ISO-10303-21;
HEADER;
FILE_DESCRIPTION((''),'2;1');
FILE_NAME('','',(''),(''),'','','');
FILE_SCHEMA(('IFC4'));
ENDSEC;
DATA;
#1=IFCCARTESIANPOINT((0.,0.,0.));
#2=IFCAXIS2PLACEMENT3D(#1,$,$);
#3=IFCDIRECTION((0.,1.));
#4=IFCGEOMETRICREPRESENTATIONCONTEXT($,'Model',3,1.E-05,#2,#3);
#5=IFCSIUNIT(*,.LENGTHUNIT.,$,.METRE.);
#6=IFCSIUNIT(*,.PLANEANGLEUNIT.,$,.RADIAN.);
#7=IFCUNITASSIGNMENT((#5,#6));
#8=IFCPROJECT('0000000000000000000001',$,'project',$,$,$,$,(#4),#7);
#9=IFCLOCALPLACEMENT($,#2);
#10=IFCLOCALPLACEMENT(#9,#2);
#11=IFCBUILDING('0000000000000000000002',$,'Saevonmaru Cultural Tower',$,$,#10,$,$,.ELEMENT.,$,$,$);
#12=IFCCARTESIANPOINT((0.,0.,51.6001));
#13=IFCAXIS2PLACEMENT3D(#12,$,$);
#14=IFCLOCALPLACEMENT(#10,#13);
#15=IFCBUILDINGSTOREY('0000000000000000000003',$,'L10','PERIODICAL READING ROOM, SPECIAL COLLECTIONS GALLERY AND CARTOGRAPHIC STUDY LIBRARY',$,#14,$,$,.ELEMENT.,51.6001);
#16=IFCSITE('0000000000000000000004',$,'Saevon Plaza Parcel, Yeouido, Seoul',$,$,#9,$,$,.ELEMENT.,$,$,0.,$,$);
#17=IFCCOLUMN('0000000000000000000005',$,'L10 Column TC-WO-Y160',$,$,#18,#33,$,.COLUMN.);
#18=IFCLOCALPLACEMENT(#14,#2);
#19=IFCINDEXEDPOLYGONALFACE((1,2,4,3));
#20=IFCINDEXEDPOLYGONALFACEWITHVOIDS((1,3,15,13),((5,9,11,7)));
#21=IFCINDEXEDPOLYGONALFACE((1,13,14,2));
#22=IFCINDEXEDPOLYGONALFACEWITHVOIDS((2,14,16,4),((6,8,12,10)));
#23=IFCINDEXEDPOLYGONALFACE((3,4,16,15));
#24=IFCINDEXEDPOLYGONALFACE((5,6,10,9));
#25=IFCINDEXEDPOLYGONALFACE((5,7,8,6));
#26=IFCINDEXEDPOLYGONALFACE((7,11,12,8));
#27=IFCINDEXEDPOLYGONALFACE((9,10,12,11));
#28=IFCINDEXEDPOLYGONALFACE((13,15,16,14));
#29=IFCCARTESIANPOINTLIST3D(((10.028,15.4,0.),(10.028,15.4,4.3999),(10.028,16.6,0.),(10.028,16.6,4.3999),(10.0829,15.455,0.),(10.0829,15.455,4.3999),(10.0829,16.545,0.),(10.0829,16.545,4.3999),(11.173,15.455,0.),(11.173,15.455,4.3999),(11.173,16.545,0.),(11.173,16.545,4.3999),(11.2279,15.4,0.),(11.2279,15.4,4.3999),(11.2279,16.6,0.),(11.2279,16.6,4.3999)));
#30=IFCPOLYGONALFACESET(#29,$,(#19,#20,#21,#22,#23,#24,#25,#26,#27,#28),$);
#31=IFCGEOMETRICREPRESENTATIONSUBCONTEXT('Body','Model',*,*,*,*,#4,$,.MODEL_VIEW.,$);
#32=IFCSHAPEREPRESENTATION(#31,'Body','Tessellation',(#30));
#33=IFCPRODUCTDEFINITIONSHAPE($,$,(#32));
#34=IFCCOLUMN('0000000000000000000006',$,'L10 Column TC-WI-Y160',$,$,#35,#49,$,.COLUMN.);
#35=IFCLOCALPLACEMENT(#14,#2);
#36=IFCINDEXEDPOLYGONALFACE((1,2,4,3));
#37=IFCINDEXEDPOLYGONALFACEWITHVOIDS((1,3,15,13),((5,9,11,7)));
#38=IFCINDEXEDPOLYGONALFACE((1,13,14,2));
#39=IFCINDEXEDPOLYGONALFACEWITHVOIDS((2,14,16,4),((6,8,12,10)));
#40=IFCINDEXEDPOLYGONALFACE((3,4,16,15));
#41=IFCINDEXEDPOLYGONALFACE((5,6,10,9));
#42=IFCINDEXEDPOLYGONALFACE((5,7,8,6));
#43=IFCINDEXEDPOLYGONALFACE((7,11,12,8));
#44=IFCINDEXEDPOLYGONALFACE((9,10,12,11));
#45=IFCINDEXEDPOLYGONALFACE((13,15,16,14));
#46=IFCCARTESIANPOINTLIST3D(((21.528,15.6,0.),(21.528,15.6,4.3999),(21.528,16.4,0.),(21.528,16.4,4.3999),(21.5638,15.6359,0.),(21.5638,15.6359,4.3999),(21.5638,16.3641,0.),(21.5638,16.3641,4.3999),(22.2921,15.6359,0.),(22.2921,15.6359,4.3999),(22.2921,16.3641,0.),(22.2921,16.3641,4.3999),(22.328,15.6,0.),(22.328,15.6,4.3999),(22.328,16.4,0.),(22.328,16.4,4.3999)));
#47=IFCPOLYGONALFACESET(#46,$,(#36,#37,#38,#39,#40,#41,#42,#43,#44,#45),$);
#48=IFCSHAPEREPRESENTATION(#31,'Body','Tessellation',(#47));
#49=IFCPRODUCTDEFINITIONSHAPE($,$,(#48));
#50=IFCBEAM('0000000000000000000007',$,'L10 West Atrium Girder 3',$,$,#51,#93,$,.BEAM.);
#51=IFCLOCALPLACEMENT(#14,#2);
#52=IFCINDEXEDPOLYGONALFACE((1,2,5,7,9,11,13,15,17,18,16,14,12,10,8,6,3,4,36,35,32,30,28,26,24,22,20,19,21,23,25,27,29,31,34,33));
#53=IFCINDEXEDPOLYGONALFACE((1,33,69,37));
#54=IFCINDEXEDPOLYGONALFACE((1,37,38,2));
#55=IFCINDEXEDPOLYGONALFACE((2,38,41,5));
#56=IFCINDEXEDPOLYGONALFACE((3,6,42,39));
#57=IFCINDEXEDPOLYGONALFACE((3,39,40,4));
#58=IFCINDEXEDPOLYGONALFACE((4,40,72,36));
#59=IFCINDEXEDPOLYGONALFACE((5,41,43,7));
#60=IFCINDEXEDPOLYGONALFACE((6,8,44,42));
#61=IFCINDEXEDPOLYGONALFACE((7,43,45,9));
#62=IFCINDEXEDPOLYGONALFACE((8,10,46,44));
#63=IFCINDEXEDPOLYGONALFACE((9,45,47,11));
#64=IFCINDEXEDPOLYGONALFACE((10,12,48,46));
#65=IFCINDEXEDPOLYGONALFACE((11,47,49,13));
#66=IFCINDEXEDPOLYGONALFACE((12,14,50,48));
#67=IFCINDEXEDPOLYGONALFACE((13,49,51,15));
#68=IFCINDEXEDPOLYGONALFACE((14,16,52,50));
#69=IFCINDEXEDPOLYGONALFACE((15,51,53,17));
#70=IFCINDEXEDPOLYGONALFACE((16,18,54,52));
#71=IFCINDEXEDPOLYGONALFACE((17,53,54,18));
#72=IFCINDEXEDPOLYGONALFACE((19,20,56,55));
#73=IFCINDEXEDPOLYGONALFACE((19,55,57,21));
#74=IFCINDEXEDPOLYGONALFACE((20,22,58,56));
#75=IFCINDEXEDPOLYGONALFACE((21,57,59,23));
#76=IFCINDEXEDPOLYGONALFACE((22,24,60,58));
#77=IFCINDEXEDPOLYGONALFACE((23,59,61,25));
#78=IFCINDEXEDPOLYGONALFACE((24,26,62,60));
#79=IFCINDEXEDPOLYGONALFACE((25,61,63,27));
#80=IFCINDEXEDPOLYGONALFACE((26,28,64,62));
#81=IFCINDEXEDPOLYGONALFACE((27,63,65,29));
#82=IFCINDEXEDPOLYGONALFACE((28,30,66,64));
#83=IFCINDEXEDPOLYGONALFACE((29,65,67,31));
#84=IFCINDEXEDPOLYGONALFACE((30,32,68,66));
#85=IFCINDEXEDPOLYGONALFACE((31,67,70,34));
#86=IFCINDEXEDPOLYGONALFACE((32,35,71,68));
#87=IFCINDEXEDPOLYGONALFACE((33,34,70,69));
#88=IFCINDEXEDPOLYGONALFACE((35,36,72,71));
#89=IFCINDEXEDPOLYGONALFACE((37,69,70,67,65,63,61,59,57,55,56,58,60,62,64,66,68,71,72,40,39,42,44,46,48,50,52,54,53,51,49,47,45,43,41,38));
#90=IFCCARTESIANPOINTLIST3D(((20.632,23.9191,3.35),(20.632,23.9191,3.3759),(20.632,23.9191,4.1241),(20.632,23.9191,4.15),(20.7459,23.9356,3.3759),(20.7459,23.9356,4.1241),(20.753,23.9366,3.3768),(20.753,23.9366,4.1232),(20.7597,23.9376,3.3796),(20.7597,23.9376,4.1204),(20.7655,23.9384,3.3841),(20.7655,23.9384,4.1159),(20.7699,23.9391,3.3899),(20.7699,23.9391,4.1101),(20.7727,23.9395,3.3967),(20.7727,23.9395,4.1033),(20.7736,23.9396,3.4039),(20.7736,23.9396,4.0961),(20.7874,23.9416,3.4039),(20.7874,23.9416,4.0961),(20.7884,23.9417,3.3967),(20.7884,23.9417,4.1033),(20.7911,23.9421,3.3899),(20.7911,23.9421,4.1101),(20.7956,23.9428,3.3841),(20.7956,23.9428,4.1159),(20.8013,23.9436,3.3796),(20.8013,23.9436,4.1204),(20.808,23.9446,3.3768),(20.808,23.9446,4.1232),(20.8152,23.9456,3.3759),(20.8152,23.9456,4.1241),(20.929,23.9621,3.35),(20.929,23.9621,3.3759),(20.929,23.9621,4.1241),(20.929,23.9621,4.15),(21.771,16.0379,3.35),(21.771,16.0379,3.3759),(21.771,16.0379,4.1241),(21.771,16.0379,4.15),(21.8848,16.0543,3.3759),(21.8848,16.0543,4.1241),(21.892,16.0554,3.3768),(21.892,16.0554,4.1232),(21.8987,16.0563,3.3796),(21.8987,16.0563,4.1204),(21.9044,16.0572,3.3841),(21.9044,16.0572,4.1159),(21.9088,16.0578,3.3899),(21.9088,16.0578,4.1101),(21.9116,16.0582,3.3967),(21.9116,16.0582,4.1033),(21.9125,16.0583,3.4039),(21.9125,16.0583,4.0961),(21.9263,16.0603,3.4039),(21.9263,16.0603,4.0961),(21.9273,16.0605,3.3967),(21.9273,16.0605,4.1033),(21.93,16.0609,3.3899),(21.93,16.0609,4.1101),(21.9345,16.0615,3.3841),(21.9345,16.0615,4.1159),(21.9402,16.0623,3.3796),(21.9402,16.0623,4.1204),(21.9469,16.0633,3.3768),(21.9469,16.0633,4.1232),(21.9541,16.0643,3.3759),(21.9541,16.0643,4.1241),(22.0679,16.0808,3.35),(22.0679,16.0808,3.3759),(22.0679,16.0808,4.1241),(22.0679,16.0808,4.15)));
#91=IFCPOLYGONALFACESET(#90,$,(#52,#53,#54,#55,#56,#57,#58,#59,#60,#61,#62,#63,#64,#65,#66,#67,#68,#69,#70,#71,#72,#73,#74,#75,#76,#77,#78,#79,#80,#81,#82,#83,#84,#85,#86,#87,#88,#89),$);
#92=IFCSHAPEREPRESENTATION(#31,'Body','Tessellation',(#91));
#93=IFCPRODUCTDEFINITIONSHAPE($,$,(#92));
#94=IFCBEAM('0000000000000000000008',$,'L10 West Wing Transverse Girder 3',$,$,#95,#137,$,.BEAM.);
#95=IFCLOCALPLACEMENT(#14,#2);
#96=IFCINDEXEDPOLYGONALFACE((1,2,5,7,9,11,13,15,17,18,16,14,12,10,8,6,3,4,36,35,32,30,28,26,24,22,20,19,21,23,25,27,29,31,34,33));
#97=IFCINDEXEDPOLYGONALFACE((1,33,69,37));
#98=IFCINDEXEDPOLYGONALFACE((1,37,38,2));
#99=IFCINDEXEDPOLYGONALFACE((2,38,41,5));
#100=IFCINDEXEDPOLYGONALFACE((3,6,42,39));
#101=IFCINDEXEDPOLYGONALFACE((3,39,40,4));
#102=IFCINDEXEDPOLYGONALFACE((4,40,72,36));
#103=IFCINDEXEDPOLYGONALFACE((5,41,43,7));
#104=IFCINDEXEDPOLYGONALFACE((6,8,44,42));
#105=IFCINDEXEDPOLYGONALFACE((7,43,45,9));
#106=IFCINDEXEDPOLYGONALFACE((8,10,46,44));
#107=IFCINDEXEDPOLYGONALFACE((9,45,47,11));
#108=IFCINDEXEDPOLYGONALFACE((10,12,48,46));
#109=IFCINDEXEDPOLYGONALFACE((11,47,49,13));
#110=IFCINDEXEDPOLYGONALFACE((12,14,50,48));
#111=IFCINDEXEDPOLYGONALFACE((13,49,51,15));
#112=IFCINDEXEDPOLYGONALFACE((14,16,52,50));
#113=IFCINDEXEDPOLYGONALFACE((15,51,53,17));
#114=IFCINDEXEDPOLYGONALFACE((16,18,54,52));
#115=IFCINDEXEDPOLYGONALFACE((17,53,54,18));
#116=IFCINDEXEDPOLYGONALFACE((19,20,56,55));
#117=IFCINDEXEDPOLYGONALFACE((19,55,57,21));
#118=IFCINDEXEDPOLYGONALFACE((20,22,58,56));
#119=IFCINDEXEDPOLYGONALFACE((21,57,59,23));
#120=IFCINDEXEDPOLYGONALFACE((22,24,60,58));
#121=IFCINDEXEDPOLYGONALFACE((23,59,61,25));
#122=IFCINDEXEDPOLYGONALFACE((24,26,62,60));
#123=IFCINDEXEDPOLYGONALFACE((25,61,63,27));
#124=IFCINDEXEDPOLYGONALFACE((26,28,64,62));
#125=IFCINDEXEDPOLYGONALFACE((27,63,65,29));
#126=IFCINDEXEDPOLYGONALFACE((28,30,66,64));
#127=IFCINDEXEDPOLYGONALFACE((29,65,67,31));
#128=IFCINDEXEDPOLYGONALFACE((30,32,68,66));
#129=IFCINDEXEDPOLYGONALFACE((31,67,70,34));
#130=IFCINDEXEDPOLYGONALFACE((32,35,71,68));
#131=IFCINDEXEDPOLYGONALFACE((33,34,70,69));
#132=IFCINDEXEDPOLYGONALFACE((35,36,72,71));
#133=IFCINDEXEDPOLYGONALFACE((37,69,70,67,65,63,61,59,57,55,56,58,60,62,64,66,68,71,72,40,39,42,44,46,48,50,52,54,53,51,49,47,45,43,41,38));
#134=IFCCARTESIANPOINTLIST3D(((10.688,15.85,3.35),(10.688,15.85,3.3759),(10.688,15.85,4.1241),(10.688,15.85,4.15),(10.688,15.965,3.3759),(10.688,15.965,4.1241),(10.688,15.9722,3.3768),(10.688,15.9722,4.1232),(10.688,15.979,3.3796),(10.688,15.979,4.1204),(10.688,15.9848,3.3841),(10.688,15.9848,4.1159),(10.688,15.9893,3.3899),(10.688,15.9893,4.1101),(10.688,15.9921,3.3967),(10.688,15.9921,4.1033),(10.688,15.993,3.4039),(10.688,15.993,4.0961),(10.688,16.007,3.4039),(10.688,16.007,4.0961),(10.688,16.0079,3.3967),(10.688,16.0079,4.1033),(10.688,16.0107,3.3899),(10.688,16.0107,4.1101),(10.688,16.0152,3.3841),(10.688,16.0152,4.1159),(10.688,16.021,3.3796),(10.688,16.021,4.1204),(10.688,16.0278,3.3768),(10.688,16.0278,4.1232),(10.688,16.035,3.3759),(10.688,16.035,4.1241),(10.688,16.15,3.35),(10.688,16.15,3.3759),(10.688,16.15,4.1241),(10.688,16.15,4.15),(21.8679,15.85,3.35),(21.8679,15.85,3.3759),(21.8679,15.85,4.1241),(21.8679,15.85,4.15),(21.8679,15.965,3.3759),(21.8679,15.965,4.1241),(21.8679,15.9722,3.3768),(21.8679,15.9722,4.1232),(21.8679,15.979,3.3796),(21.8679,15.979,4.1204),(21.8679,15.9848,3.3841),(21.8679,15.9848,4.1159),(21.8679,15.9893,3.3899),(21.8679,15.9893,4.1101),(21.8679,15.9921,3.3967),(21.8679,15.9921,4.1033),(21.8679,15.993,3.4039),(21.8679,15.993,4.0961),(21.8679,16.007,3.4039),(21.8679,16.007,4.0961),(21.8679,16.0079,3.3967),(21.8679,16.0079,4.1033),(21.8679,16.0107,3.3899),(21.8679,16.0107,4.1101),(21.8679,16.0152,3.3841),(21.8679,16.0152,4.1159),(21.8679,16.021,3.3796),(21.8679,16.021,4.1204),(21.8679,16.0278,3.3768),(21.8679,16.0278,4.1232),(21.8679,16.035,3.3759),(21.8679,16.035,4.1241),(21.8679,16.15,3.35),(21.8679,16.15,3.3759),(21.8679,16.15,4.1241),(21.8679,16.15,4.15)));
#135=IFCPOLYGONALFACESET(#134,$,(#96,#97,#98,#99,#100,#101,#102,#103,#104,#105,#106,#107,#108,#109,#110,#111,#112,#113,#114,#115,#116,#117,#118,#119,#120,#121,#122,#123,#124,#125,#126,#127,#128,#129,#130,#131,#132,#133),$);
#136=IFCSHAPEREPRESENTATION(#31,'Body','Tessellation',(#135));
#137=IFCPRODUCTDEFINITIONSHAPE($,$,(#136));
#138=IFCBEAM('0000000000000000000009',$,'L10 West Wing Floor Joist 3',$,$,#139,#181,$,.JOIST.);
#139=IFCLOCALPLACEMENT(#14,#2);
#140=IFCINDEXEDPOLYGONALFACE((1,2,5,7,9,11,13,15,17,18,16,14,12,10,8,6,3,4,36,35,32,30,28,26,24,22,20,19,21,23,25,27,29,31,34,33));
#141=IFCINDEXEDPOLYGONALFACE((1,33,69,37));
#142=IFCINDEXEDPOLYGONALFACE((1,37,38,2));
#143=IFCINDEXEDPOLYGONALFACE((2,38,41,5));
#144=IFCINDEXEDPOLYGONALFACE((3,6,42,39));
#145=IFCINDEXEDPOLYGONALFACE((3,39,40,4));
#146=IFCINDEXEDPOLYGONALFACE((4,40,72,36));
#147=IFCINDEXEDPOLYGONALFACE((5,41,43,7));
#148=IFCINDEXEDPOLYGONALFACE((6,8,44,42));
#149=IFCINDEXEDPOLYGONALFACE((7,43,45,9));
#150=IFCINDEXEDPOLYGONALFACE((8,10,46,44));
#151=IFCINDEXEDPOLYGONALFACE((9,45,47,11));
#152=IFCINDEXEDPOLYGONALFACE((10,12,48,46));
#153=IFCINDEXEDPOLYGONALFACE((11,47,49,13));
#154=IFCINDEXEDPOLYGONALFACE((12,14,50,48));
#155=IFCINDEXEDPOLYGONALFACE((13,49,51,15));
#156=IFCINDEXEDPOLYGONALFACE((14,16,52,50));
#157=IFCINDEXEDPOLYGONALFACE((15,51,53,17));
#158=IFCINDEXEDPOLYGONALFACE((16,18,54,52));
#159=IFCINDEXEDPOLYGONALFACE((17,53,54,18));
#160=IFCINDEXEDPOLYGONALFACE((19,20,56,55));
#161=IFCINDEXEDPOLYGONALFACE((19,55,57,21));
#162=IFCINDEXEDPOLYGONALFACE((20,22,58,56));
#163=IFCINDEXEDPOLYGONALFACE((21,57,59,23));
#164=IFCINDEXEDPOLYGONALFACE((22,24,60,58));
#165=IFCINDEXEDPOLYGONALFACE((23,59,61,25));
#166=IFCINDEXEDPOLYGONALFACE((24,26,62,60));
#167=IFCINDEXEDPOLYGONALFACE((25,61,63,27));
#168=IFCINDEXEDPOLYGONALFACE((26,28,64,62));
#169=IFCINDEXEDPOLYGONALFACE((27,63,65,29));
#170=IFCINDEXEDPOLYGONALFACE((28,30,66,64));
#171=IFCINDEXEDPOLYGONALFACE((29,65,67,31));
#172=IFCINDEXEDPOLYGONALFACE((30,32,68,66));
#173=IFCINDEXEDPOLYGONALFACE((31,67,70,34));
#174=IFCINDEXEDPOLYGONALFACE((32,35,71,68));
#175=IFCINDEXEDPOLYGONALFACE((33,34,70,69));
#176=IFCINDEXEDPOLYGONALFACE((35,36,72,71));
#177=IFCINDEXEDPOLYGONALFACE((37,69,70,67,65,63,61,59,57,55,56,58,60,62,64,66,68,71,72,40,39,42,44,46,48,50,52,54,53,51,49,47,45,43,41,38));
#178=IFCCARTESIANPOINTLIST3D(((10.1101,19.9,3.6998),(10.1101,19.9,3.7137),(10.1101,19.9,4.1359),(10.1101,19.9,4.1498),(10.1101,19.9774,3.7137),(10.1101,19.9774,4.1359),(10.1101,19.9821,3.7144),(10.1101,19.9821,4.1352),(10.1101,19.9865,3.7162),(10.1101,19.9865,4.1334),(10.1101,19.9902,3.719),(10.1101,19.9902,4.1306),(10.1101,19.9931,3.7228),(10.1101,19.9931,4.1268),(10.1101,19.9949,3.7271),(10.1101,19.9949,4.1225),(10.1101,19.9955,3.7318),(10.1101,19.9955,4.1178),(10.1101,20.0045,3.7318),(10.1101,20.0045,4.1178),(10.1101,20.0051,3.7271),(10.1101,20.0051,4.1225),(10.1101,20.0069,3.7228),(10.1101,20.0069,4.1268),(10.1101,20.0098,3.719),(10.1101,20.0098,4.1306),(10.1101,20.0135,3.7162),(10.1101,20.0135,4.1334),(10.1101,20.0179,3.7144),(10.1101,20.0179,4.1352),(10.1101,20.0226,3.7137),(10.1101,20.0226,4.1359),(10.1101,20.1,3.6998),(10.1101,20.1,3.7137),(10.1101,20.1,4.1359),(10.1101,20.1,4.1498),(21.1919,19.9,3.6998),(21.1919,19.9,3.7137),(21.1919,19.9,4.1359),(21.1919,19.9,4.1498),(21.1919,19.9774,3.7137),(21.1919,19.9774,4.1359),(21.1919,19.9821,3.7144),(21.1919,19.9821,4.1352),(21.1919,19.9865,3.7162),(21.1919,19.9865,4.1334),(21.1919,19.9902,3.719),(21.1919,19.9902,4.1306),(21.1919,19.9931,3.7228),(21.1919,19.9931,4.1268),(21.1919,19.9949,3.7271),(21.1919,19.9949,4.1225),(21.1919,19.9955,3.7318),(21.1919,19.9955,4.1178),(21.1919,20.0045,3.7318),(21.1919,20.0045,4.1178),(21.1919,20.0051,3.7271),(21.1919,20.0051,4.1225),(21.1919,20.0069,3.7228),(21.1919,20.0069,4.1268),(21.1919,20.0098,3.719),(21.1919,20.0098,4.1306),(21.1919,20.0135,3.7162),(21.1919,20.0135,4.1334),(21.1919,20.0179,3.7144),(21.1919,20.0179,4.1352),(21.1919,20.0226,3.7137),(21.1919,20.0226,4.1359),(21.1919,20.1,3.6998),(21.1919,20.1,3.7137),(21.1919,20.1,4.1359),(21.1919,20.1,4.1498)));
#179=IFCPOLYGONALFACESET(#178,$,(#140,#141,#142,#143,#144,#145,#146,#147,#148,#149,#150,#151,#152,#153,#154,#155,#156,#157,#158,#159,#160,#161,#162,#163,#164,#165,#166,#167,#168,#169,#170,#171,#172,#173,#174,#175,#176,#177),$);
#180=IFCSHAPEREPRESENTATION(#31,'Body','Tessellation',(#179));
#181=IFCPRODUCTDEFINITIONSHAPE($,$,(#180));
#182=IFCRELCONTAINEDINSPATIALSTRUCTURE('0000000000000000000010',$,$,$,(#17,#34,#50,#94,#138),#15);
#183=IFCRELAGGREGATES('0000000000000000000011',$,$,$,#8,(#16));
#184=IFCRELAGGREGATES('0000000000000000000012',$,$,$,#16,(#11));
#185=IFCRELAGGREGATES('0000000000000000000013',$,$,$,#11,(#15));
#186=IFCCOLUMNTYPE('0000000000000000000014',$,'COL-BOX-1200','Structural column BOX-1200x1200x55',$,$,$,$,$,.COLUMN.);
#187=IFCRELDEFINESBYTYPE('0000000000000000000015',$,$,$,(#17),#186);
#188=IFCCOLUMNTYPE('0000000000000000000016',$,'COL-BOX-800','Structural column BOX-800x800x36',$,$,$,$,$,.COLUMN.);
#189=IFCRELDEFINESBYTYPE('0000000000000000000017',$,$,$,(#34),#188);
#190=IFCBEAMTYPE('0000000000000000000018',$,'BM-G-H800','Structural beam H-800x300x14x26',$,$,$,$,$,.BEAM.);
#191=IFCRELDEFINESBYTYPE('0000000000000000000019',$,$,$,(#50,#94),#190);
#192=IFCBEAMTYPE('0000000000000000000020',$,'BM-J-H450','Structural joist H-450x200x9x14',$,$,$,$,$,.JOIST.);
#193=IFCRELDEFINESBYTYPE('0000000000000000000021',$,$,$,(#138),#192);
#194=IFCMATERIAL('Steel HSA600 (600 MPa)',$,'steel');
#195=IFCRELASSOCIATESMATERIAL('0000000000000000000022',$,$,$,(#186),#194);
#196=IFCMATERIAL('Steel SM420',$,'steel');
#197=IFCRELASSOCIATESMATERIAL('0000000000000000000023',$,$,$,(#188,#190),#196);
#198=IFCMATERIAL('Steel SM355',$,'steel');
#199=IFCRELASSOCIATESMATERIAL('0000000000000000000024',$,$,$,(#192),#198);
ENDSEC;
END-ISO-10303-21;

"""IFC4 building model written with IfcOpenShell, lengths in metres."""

from ifc_helpers import new_model, si_unit, direction, frame, origin, origin_2d, place, context, subcontext, project, spatial, hollow_rectangle, i_section, extrude, material, material_profile, profile_set, type_object, element, save


model = new_model("IFC4")

# Units and contexts
model_context = context("Model", 3, precision=1e-05, world=origin(), true_north=direction((0.0, 1.0)))
body_context = subcontext(model_context, "Body", "Model", "MODEL_VIEW")
ifc_project = project(units=[si_unit("LENGTHUNIT", "METRE"), si_unit("PLANEANGLEUNIT", "RADIAN")], contexts=[model_context])

# Site, building, storey
site_placement = place(None, origin())
site = spatial("IfcSite", under=ifc_project, at=site_placement, Name="Saevon Plaza Parcel, Yeouido, Seoul", CompositionType="ELEMENT", RefElevation=0.0)
building_placement = place(site_placement, origin())
building = spatial("IfcBuilding", under=site, at=building_placement, Name="Saevonmaru Cultural Tower", CompositionType="ELEMENT")
storey_placement = place(building_placement, frame((0.0, 0.0, 51.6001)))
storey = spatial("IfcBuildingStorey", under=building, at=storey_placement, Name="L10", Description="PERIODICAL READING ROOM, SPECIAL COLLECTIONS GALLERY AND CARTOGRAPHIC STUDY LIBRARY", CompositionType="ELEMENT", Elevation=51.6001)

# Columns
ifc_material_1 = material(Name="Steel HSA600 (600 MPa)", Category="steel")
ifc_material_profile_1 = material_profile(ifc_material_1, hollow_rectangle(XDim=1.2, YDim=1.2, WallThickness=0.0549, at=origin_2d()), Name="BOX-1200x1200x55")
ifc_profile_set_1 = profile_set([ifc_material_profile_1], Name="Steel HSA600 (600 MPa)")
column_type_1 = type_object("IfcColumnType", Name="COL-BOX-1200", Description="Structural column BOX-1200x1200x55", PredefinedType="COLUMN", material=ifc_profile_set_1)
column_1_placement = place(storey_placement, frame((10.6279, 16.0, 0.0), z_axis=(0.0, 0.0, 1.0), x_axis=(1.0, 0.0, 0.0)))
element("IfcColumn", 1, at=column_1_placement, inside=storey, type_object=column_type_1, Name="L10 Column TC-WO-Y160", PredefinedType="COLUMN", context=body_context, shape_type="SweptSolid", body=[
    extrude(hollow_rectangle(XDim=1.2, YDim=1.2, WallThickness=0.0549, at=origin_2d()), origin(), (0.0, 0.0, 1.0), 4.3999),
])
ifc_material_2 = material(Name="Steel SM420", Category="steel")
ifc_material_profile_2 = material_profile(ifc_material_2, hollow_rectangle(XDim=0.8, YDim=0.8, WallThickness=0.0359, at=origin_2d()), Name="BOX-800x800x36")
ifc_profile_set_2 = profile_set([ifc_material_profile_2], Name="Steel SM420")
column_type_2 = type_object("IfcColumnType", Name="COL-BOX-800", Description="Structural column BOX-800x800x36", PredefinedType="COLUMN", material=ifc_profile_set_2)
column_2_placement = place(storey_placement, frame((21.928, 16.0, 0.0), z_axis=(0.0, 0.0, 1.0), x_axis=(1.0, 0.0, 0.0)))
element("IfcColumn", 2, at=column_2_placement, inside=storey, type_object=column_type_2, Name="L10 Column TC-WI-Y160", PredefinedType="COLUMN", context=body_context, shape_type="SweptSolid", body=[
    extrude(hollow_rectangle(XDim=0.8, YDim=0.8, WallThickness=0.0359, at=origin_2d()), origin(), (0.0, 0.0, 1.0), 4.3999),
])

# Beams
ifc_material_profile_3 = material_profile(ifc_material_2, i_section(OverallWidth=0.3, OverallDepth=0.8, WebThickness=0.0139, FlangeThickness=0.0259, FilletRadius=0.0281, at=origin_2d()), Name="H-800x300x14x26")
ifc_profile_set_3 = profile_set([ifc_material_profile_3], Name="Steel SM420")
beam_type_1 = type_object("IfcBeamType", Name="BM-G-H800", Description="Structural beam H-800x300x14x26", PredefinedType="BEAM", material=ifc_profile_set_3)
beam_1_placement = place(storey_placement, frame((21.9194, 16.0593, 3.75), z_axis=(-0.143022, 0.989719, 0.0), x_axis=(-0.989719, -0.143022, 0.0)))
element("IfcBeam", 3, at=beam_1_placement, inside=storey, type_object=beam_type_1, Name="L10 West Atrium Girder 3", PredefinedType="BEAM", context=body_context, shape_type="SweptSolid", body=[
    extrude(i_section(OverallWidth=0.3, OverallDepth=0.8, WebThickness=0.0139, FlangeThickness=0.0259, FilletRadius=0.0281, at=origin_2d()), origin(), (0.0, 0.0, 1.0), 7.9631),
])
beam_2_placement = place(storey_placement, frame((10.688, 16.0, 3.75), z_axis=(1.0, 0.0, 0.0), x_axis=(0.0, 1.0, 0.0)))
element("IfcBeam", 4, at=beam_2_placement, inside=storey, type_object=beam_type_1, Name="L10 West Wing Transverse Girder 3", PredefinedType="BEAM", context=body_context, shape_type="SweptSolid", body=[
    extrude(i_section(OverallWidth=0.3, OverallDepth=0.8, WebThickness=0.0139, FlangeThickness=0.0259, FilletRadius=0.0281, at=origin_2d()), origin(), (0.0, 0.0, 1.0), 11.1799),
])
ifc_material_3 = material(Name="Steel SM355", Category="steel")
ifc_material_profile_4 = material_profile(ifc_material_3, i_section(OverallWidth=0.2, OverallDepth=0.45, WebThickness=0.009, FlangeThickness=0.0139, FilletRadius=0.0181, at=origin_2d()), Name="H-450x200x9x14")
ifc_profile_set_4 = profile_set([ifc_material_profile_4], Name="Steel SM355")
beam_type_2 = type_object("IfcBeamType", Name="BM-J-H450", Description="Structural joist H-450x200x9x14", PredefinedType="JOIST", material=ifc_profile_set_4)
beam_3_placement = place(storey_placement, frame((10.1101, 20.0, 3.9248), z_axis=(1.0, 0.0, 0.0), x_axis=(0.0, 1.0, 0.0)))
element("IfcBeam", 5, at=beam_3_placement, inside=storey, type_object=beam_type_2, Name="L10 West Wing Floor Joist 3", PredefinedType="JOIST", context=body_context, shape_type="SweptSolid", body=[
    extrude(i_section(OverallWidth=0.2, OverallDepth=0.45, WebThickness=0.009, FlangeThickness=0.0139, FilletRadius=0.0181, at=origin_2d()), origin(), (0.0, 0.0, 1.0), 11.0818),
])

save(model, "model.ifc")
